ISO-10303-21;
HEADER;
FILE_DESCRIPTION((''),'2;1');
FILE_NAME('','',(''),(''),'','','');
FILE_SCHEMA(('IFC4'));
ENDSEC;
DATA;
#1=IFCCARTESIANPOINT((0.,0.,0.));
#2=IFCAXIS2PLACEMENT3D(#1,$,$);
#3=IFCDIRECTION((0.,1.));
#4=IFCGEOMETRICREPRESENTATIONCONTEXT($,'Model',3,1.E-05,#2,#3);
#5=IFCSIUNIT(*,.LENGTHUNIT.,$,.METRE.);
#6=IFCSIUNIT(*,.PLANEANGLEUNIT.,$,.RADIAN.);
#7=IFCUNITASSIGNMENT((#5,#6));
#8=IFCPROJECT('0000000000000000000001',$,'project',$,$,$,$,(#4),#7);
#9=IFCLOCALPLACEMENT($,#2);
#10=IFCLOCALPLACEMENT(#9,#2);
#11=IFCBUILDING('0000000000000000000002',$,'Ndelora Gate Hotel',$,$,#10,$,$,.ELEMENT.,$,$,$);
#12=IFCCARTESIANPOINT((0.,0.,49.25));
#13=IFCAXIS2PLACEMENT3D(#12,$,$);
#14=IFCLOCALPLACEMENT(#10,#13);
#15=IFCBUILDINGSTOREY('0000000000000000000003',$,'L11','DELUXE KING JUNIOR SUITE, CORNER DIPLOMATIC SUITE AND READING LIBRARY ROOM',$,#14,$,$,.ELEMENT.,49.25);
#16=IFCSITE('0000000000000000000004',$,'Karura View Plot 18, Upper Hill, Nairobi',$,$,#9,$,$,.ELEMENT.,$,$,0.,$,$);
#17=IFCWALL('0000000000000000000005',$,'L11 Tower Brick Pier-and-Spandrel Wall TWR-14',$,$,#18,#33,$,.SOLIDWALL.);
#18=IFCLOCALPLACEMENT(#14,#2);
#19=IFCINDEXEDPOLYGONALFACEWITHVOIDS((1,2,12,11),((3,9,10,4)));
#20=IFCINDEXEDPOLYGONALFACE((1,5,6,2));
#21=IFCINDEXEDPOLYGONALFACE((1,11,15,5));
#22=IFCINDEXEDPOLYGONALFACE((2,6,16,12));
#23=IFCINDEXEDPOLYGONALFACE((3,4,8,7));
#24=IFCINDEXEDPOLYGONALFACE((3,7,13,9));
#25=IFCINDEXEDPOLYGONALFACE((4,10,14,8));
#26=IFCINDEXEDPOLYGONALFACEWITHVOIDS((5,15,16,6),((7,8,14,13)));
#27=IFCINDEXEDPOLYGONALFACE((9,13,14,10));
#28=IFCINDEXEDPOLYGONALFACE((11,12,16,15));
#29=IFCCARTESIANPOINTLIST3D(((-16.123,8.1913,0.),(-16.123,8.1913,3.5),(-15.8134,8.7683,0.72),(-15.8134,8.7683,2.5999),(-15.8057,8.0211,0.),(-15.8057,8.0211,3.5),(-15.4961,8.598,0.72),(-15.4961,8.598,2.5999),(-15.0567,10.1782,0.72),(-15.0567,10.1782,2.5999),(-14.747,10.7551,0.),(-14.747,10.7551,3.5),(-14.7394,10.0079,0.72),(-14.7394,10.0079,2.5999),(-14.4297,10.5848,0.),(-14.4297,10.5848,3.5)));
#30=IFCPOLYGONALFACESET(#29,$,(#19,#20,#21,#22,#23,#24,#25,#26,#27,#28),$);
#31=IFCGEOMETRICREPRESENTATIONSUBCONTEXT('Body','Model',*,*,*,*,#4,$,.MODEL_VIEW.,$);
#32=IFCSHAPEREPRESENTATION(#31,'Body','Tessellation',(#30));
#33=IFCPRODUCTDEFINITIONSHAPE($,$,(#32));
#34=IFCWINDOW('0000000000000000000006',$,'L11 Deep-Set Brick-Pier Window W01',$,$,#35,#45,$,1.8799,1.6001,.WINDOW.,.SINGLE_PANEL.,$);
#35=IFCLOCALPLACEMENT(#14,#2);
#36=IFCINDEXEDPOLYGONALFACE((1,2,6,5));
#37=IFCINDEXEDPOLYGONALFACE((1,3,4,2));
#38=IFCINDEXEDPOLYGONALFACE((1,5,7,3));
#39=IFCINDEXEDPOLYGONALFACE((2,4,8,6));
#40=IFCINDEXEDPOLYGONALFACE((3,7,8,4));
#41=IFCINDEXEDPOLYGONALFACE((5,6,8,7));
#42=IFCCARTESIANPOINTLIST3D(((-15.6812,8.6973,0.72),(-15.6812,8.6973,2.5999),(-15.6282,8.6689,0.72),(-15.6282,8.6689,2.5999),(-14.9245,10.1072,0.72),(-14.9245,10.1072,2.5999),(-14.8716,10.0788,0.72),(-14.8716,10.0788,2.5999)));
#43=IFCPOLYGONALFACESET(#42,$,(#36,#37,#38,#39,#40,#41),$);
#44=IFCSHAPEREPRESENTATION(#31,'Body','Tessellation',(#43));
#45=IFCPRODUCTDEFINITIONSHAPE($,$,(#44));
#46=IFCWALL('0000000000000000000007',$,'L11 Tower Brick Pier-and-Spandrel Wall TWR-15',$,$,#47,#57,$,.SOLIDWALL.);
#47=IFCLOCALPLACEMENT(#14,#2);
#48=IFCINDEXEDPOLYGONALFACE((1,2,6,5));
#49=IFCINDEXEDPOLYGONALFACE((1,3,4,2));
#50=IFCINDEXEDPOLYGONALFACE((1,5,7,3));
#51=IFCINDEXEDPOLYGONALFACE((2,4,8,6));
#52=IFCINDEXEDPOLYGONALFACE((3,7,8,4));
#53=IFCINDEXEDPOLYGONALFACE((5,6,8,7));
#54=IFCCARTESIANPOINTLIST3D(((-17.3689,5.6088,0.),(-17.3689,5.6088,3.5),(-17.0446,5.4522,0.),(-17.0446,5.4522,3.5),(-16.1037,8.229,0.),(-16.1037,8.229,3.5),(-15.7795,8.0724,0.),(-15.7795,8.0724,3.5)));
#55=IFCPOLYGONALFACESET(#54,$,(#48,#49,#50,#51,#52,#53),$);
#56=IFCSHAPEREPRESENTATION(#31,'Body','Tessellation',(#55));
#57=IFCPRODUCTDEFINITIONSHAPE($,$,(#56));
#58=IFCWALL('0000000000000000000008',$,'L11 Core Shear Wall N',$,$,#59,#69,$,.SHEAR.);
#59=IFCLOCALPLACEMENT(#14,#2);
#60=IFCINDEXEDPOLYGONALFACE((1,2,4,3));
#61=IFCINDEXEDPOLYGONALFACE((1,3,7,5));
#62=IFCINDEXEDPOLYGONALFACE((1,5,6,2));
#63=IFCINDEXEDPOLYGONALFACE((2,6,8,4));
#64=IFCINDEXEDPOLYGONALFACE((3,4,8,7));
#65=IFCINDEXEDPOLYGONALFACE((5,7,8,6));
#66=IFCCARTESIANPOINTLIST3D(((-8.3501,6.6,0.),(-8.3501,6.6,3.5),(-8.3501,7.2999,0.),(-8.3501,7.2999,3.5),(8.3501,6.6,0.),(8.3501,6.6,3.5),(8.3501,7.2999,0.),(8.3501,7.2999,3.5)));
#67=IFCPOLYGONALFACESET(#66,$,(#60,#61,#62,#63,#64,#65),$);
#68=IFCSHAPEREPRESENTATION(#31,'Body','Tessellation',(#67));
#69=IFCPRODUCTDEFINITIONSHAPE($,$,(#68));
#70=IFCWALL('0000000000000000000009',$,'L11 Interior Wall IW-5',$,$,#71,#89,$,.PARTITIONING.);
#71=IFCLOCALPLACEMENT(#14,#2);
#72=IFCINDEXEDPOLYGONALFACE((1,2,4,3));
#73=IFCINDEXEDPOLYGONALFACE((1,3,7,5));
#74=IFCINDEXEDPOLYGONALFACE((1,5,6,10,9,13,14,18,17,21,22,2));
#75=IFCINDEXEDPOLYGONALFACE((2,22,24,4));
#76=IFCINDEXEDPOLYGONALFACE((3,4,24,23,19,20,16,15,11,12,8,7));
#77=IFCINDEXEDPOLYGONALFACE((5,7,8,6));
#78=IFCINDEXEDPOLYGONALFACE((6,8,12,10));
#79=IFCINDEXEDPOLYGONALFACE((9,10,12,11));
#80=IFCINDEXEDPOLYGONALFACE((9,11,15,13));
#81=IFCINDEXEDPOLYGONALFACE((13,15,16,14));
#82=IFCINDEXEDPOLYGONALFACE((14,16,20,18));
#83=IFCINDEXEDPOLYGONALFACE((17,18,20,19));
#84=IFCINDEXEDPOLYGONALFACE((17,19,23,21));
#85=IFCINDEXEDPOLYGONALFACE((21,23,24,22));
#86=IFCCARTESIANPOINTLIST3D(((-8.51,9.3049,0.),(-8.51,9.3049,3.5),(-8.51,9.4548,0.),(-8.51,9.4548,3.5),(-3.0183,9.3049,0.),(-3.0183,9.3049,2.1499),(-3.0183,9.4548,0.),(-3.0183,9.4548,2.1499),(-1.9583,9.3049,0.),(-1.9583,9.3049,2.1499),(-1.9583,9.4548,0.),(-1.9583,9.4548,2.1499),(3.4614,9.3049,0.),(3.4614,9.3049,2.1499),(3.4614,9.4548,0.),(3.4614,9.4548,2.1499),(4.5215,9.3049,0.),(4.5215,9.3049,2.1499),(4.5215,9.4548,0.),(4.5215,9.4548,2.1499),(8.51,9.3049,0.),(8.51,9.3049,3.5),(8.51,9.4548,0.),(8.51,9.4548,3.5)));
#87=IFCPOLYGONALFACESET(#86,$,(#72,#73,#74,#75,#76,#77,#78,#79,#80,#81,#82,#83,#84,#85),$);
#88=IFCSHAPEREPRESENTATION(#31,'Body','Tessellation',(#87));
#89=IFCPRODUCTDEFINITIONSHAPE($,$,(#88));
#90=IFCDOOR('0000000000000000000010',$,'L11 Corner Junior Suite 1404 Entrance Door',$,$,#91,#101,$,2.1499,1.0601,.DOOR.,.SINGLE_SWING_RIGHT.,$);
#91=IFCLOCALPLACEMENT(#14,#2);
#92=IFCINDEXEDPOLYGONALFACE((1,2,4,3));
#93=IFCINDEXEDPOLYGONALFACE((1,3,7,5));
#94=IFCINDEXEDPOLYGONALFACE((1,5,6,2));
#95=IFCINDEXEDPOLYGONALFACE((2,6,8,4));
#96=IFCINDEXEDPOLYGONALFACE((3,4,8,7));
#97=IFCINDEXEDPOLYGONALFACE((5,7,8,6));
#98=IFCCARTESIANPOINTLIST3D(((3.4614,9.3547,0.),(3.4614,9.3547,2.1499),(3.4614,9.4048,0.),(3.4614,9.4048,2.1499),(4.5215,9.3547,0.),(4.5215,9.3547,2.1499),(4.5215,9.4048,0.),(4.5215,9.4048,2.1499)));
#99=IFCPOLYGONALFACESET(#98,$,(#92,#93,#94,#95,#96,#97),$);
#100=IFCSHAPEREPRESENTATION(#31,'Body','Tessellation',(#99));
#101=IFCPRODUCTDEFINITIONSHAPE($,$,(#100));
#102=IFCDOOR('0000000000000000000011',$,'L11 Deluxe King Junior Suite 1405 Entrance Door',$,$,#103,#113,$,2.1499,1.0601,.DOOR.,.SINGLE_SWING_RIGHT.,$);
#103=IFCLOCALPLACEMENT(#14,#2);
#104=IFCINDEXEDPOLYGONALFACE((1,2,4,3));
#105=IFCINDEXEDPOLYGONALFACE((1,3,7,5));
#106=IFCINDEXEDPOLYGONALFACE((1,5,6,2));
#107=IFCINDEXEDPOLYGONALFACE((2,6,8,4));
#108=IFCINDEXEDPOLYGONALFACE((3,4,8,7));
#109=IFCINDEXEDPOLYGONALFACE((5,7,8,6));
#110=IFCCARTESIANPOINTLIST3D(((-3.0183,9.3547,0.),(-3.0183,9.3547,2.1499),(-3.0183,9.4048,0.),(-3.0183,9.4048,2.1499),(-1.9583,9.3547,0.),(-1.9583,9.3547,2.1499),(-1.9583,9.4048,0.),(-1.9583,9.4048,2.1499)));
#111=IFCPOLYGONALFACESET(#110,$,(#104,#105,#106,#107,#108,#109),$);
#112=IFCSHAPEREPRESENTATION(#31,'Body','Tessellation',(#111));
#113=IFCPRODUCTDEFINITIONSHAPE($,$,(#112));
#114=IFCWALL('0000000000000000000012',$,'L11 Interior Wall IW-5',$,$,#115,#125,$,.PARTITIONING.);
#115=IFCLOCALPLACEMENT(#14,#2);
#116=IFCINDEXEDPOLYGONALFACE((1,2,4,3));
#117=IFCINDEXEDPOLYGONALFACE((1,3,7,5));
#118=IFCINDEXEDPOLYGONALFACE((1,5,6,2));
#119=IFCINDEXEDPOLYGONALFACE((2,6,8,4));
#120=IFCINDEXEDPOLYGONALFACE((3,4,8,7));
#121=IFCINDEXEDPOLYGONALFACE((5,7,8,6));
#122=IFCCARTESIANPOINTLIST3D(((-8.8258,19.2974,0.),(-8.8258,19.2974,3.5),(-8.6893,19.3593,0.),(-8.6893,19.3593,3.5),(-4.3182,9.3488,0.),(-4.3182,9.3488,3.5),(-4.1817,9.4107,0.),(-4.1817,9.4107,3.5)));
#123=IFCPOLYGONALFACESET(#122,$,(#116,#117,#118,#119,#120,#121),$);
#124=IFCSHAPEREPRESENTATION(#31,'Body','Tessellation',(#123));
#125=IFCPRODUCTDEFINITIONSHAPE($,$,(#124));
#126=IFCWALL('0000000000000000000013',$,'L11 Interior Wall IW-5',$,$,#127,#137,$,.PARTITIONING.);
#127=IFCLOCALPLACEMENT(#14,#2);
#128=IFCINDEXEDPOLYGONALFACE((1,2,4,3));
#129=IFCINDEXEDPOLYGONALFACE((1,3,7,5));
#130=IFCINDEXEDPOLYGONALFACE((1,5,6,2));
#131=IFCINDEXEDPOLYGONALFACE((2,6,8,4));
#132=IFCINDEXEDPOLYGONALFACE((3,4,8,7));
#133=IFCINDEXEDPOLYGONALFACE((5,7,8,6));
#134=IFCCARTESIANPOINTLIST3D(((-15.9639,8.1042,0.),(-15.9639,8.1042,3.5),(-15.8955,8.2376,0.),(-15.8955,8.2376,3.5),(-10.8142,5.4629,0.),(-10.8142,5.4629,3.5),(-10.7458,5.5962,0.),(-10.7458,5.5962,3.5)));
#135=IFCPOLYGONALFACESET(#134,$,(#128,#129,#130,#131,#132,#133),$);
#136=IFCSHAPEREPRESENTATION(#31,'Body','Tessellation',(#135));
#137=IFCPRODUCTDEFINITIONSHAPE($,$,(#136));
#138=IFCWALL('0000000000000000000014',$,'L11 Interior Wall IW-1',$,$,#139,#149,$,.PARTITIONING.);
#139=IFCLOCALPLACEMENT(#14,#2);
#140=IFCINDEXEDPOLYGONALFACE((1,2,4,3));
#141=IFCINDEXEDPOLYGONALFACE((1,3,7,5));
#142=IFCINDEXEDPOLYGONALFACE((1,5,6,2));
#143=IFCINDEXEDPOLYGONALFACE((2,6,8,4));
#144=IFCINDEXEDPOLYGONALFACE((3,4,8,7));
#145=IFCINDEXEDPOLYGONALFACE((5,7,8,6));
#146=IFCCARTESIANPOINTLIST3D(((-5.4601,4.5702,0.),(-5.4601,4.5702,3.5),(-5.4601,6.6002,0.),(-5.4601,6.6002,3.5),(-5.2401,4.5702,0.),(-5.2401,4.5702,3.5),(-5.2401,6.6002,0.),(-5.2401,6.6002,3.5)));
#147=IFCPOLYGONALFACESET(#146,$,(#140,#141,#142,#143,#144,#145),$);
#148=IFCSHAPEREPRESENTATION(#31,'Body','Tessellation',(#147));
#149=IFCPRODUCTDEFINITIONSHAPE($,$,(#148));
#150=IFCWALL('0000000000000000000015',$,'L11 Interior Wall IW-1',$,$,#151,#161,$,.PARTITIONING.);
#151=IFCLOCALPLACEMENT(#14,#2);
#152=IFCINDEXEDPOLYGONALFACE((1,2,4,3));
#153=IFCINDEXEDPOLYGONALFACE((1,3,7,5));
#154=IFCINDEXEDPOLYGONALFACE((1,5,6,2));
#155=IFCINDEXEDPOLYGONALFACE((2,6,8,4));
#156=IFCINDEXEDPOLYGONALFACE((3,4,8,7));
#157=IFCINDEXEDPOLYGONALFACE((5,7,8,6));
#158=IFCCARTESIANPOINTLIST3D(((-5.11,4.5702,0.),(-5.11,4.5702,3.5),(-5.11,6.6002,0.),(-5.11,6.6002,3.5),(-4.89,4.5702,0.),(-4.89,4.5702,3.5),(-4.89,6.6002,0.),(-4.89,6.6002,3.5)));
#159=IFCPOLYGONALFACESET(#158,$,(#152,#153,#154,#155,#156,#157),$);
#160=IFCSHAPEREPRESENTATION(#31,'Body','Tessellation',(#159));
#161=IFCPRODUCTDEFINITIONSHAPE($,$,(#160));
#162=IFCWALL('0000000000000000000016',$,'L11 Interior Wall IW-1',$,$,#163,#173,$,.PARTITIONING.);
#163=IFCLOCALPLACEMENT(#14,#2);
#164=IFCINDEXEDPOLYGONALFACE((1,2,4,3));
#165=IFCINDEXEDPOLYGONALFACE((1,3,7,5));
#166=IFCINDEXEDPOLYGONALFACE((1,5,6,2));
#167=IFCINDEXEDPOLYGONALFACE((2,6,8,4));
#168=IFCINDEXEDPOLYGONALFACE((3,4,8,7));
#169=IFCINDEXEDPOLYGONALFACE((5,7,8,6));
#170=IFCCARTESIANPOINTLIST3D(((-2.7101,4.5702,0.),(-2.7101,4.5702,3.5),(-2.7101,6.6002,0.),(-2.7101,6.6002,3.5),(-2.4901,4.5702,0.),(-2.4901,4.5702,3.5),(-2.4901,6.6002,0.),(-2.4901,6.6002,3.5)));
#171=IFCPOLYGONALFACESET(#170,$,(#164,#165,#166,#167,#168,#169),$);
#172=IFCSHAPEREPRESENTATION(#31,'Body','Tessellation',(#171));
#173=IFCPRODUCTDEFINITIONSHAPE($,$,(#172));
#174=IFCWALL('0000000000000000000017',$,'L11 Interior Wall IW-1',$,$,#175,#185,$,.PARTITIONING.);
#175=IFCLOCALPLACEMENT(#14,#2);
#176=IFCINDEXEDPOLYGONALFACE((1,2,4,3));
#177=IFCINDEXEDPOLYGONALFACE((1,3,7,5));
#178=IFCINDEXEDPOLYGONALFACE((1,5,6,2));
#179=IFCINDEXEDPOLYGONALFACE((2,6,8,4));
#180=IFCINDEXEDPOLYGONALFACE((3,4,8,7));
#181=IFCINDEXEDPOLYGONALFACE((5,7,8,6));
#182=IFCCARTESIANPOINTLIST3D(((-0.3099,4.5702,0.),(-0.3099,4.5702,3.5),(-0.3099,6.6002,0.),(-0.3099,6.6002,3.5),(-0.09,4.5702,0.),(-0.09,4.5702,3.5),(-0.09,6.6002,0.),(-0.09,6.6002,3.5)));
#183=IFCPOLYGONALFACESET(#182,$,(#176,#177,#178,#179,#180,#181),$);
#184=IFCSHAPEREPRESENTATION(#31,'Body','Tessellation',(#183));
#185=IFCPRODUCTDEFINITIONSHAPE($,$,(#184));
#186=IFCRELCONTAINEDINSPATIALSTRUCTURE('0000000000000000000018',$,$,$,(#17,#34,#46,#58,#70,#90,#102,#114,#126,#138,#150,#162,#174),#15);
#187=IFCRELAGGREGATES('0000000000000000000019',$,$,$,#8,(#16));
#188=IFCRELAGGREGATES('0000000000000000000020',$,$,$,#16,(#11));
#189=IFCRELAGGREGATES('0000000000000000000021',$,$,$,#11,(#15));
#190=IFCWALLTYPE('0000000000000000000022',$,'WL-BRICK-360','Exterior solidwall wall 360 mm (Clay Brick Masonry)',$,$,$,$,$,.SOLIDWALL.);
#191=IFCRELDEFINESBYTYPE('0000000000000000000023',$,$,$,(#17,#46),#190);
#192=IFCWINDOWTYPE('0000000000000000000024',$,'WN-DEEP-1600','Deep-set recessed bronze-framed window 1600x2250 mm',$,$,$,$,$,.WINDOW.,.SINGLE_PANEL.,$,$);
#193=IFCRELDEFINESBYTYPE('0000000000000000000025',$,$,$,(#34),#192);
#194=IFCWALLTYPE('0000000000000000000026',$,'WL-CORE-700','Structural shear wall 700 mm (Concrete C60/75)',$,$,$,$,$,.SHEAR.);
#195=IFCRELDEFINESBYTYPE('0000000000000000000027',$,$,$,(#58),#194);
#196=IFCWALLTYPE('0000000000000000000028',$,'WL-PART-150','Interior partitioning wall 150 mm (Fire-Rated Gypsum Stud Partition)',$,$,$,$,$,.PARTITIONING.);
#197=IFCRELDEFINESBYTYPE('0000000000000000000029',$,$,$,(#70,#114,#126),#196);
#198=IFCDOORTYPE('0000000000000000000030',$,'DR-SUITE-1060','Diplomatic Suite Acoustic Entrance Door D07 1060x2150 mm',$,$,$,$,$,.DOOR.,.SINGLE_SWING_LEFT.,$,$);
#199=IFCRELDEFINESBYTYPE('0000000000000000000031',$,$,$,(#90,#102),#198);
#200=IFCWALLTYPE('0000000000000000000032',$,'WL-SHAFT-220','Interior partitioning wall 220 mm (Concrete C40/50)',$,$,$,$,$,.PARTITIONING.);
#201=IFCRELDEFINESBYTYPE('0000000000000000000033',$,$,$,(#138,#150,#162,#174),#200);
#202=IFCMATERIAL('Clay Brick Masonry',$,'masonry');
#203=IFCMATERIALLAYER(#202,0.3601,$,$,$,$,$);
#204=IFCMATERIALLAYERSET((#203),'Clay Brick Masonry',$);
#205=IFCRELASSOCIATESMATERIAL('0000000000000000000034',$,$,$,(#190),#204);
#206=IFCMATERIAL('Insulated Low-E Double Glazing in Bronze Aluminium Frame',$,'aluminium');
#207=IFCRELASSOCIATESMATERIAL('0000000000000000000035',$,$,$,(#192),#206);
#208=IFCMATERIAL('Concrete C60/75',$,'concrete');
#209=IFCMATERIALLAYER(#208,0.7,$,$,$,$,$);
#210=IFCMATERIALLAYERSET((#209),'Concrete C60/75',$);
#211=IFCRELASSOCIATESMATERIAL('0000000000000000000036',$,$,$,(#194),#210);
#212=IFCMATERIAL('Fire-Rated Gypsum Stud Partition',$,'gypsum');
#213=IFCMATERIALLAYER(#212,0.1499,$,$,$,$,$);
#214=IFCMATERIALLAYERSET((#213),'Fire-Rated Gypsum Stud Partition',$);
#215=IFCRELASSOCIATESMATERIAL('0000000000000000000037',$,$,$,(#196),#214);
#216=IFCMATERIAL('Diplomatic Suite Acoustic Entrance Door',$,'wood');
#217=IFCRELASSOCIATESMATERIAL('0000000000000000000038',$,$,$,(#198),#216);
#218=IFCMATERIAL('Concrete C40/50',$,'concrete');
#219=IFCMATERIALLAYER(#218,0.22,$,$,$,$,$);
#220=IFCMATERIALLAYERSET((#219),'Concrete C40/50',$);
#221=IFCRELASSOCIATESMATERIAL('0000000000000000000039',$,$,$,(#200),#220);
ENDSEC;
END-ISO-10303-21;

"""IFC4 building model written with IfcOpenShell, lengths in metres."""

from ifc_helpers import new_model, si_unit, direction, frame, frame_2d, origin, place, context, subcontext, project, spatial, rectangle, extrude, material, layer, layer_set, type_object, element, fill, save


model = new_model("IFC4")

# Units and contexts
model_context = context("Model", 3, precision=1e-05, world=origin(), true_north=direction((0.0, 1.0)))
body_context = subcontext(model_context, "Body", "Model", "MODEL_VIEW")
ifc_project = project(units=[si_unit("LENGTHUNIT", "METRE"), si_unit("PLANEANGLEUNIT", "RADIAN")], contexts=[model_context])

# Site, building, storey
site_placement = place(None, origin())
site = spatial("IfcSite", under=ifc_project, at=site_placement, Name="Karura View Plot 18, Upper Hill, Nairobi", CompositionType="ELEMENT", RefElevation=0.0)
building_placement = place(site_placement, origin())
building = spatial("IfcBuilding", under=site, at=building_placement, Name="Ndelora Gate Hotel", CompositionType="ELEMENT")
storey_placement = place(building_placement, frame((0.0, 0.0, 49.25)))
storey = spatial("IfcBuildingStorey", under=building, at=storey_placement, Name="L11", Description="DELUXE KING JUNIOR SUITE, CORNER DIPLOMATIC SUITE AND READING LIBRARY ROOM", CompositionType="ELEMENT", Elevation=49.25)

# Shared definitions
ifc_material_1 = material(Name="Concrete C60/75", Category="concrete")

# Wall, opening, window
ifc_material_2 = material(Name="Clay Brick Masonry", Category="masonry")
ifc_layer_1 = layer(ifc_material_2, 0.3601)
ifc_layer_set_1 = layer_set([ifc_layer_1], Name="Clay Brick Masonry")
wall_type_1 = type_object("IfcWallType", Name="WL-BRICK-360", Description="Exterior solidwall wall 360 mm (Clay Brick Masonry)", PredefinedType="SOLIDWALL", material=ifc_layer_set_1)
ifc_material_3 = material(Name="Insulated Low-E Double Glazing in Bronze Aluminium Frame", Category="aluminium")
wall_1_placement = place(storey_placement, frame((-15.9644, 8.1062, 0.0), z_axis=(0.0, 0.0, 1.0), x_axis=(0.472904, 0.881114, 0.0)))
wall_1 = element("IfcWall", 1, at=wall_1_placement, inside=storey, type_object=wall_type_1, Name="L11 Tower Brick Pier-and-Spandrel Wall TWR-14", PredefinedType="SOLIDWALL", context=body_context, shape_type="SweptSolid", body=[
    extrude(rectangle(XDim=2.9097, YDim=0.3601, at=frame_2d((1.4548, 0.0))), origin(), (0.0, 0.0, 1.0), 3.5),
])
opening_1_placement = place(wall_1_placement, frame((0.6548, 0.0, 0.72)))
opening_1 = element("IfcOpeningElement", 2, at=opening_1_placement, cuts=wall_1, PredefinedType="OPENING", context=body_context, shape_type="SweptSolid", body=[
    extrude(rectangle(XDim=1.6001, YDim=1.8799, at=frame_2d((0.8, 0.9399))), frame((0.0, 0.1899, 0.0), z_axis=(0.0, -1.0, 0.0), x_axis=(1.0, 0.0, 0.0)), (0.0, 0.0, 1.0), 0.3801),
])
window_type_1 = type_object("IfcWindowType", Name="WN-DEEP-1600", Description="Deep-set recessed bronze-framed window 1600x2250 mm", PartitioningType="SINGLE_PANEL", PredefinedType="WINDOW", material=ifc_material_3)
window_1_placement = place(opening_1_placement, origin())
window_1 = element("IfcWindow", 3, at=window_1_placement, inside=storey, type_object=window_type_1, Name="L11 Deep-Set Brick-Pier Window W01", OverallHeight=1.8799, OverallWidth=1.6001, PartitioningType="SINGLE_PANEL", PredefinedType="WINDOW", context=body_context, shape_type="SweptSolid", body=[
    extrude(rectangle(XDim=1.6001, YDim=1.8799, at=frame_2d((0.8, 0.9399))), frame((0.0, 0.03, 0.0), z_axis=(0.0, -1.0, 0.0), x_axis=(1.0, 0.0, 0.0)), (0.0, 0.0, 1.0), 0.0601),
])
fill(opening_1, window_1)

# Walls
wall_2_placement = place(storey_placement, frame((-17.2068, 5.5305, 0.0), z_axis=(0.0, 0.0, 1.0), x_axis=(0.434819, 0.900518, 0.0)))
element("IfcWall", 4, at=wall_2_placement, inside=storey, type_object=wall_type_1, Name="L11 Tower Brick Pier-and-Spandrel Wall TWR-15", PredefinedType="SOLIDWALL", context=body_context, shape_type="SweptSolid", body=[
    extrude(rectangle(XDim=2.9097, YDim=0.3601, at=frame_2d((1.4548, 0.0))), origin(), (0.0, 0.0, 1.0), 3.5),
])
ifc_layer_2 = layer(ifc_material_1, 0.7)
ifc_layer_set_2 = layer_set([ifc_layer_2], Name="Concrete C60/75")
wall_type_2 = type_object("IfcWallType", Name="WL-CORE-700", Description="Structural shear wall 700 mm (Concrete C60/75)", PredefinedType="SHEAR", material=ifc_layer_set_2)
wall_3_placement = place(storey_placement, frame((-8.3501, 6.95, 0.0), z_axis=(0.0, 0.0, 1.0), x_axis=(1.0, 0.0, 0.0)))
element("IfcWall", 5, at=wall_3_placement, inside=storey, type_object=wall_type_2, Name="L11 Core Shear Wall N", PredefinedType="SHEAR", context=body_context, shape_type="SweptSolid", body=[
    extrude(rectangle(XDim=16.7002, YDim=0.7, at=frame_2d((8.3501, 0.0))), origin(), (0.0, 0.0, 1.0), 3.5),
])

# Wall, openings, doors
ifc_material_4 = material(Name="Fire-Rated Gypsum Stud Partition", Category="gypsum")
ifc_layer_3 = layer(ifc_material_4, 0.1499)
ifc_layer_set_3 = layer_set([ifc_layer_3], Name="Fire-Rated Gypsum Stud Partition")
wall_type_3 = type_object("IfcWallType", Name="WL-PART-150", Description="Interior partitioning wall 150 mm (Fire-Rated Gypsum Stud Partition)", PredefinedType="PARTITIONING", material=ifc_layer_set_3)
wall_4_placement = place(storey_placement, frame((-8.51, 9.3799, 0.0), z_axis=(0.0, 0.0, 1.0), x_axis=(1.0, 0.0, 0.0)))
wall_4 = element("IfcWall", 6, at=wall_4_placement, inside=storey, type_object=wall_type_3, Name="L11 Interior Wall IW-5", PredefinedType="PARTITIONING", context=body_context, shape_type="SweptSolid", body=[
    extrude(rectangle(XDim=17.02, YDim=0.1499, at=frame_2d((8.51, 0.0))), origin(), (0.0, 0.0, 1.0), 3.5),
])
opening_2_placement = place(wall_4_placement, frame((11.9714, 0.0, 0.0)))
opening_2 = element("IfcOpeningElement", 7, at=opening_2_placement, cuts=wall_4, PredefinedType="OPENING", context=body_context, shape_type="SweptSolid", body=[
    extrude(rectangle(XDim=1.0601, YDim=2.1499, at=frame_2d((0.53, 1.075))), frame((0.0, 0.085, 0.0), z_axis=(0.0, -1.0, 0.0), x_axis=(1.0, 0.0, 0.0)), (0.0, 0.0, 1.0), 0.1699),
])
opening_3_placement = place(wall_4_placement, frame((5.4917, 0.0, 0.0)))
opening_3 = element("IfcOpeningElement", 8, at=opening_3_placement, cuts=wall_4, PredefinedType="OPENING", context=body_context, shape_type="SweptSolid", body=[
    extrude(rectangle(XDim=1.0601, YDim=2.1499, at=frame_2d((0.53, 1.075))), frame((0.0, 0.085, 0.0), z_axis=(0.0, -1.0, 0.0), x_axis=(1.0, 0.0, 0.0)), (0.0, 0.0, 1.0), 0.1699),
])
ifc_material_5 = material(Name="Diplomatic Suite Acoustic Entrance Door", Category="wood")
door_type_1 = type_object("IfcDoorType", Name="DR-SUITE-1060", Description="Diplomatic Suite Acoustic Entrance Door D07 1060x2150 mm", OperationType="SINGLE_SWING_LEFT", PredefinedType="DOOR", material=ifc_material_5)
door_1_placement = place(opening_2_placement, origin())
door_1 = element("IfcDoor", 9, at=door_1_placement, inside=storey, type_object=door_type_1, Name="L11 Corner Junior Suite 1404 Entrance Door", OperationType="SINGLE_SWING_RIGHT", OverallHeight=2.1499, OverallWidth=1.0601, PredefinedType="DOOR", context=body_context, shape_type="SweptSolid", body=[
    extrude(rectangle(XDim=1.0601, YDim=2.1499, at=frame_2d((0.53, 1.075))), frame((0.0, 0.0249, 0.0), z_axis=(0.0, -1.0, 0.0), x_axis=(1.0, 0.0, 0.0)), (0.0, 0.0, 1.0), 0.05),
])
fill(opening_2, door_1)
door_2_placement = place(opening_3_placement, origin())
door_2 = element("IfcDoor", 10, at=door_2_placement, inside=storey, type_object=door_type_1, Name="L11 Deluxe King Junior Suite 1405 Entrance Door", OperationType="SINGLE_SWING_RIGHT", OverallHeight=2.1499, OverallWidth=1.0601, PredefinedType="DOOR", context=body_context, shape_type="SweptSolid", body=[
    extrude(rectangle(XDim=1.0601, YDim=2.1499, at=frame_2d((0.53, 1.075))), frame((0.0, 0.0249, 0.0), z_axis=(0.0, -1.0, 0.0), x_axis=(1.0, 0.0, 0.0)), (0.0, 0.0, 1.0), 0.05),
])
fill(opening_3, door_2)

# Walls
wall_5_placement = place(storey_placement, frame((-4.25, 9.3799, 0.0), z_axis=(0.0, 0.0, 1.0), x_axis=(-0.412705, 0.910865, 0.0)))
element("IfcWall", 11, at=wall_5_placement, inside=storey, type_object=wall_type_3, Name="L11 Interior Wall IW-5", PredefinedType="PARTITIONING", context=body_context, shape_type="SweptSolid", body=[
    extrude(rectangle(XDim=10.9221, YDim=0.1499, at=frame_2d((5.4609, 0.0))), origin(), (0.0, 0.0, 1.0), 3.5),
])
wall_6_placement = place(storey_placement, frame((-10.78, 5.5295, 0.0), z_axis=(0.0, 0.0, 1.0), x_axis=(-0.889782, 0.456386, 0.0)))
element("IfcWall", 12, at=wall_6_placement, inside=storey, type_object=wall_type_3, Name="L11 Interior Wall IW-5", PredefinedType="PARTITIONING", context=body_context, shape_type="SweptSolid", body=[
    extrude(rectangle(XDim=5.7876, YDim=0.1499, at=frame_2d((2.8938, 0.0))), origin(), (0.0, 0.0, 1.0), 3.5),
])
ifc_material_6 = material(Name="Concrete C40/50", Category="concrete")
ifc_layer_4 = layer(ifc_material_6, 0.22)
ifc_layer_set_4 = layer_set([ifc_layer_4], Name="Concrete C40/50")
wall_type_4 = type_object("IfcWallType", Name="WL-SHAFT-220", Description="Interior partitioning wall 220 mm (Concrete C40/50)", PredefinedType="PARTITIONING", material=ifc_layer_set_4)
for number, where, z_axis, x_axis, name in (
    (13, (-5.3501, 4.5701, 0.0), (0.0, 0.0, 1.0), (0.0, 1.0, 0.0), "L11 Interior Wall IW-1"),
    (14, (-5.0, 4.5701, 0.0), (0.0, 0.0, 1.0), (0.0, 1.0, 0.0), "L11 Interior Wall IW-1"),
    (15, (-2.6001, 4.5701, 0.0), (0.0, 0.0, 1.0), (0.0, 1.0, 0.0), "L11 Interior Wall IW-1"),
    (16, (-0.2, 4.5701, 0.0), (0.0, 0.0, 1.0), (0.0, 1.0, 0.0), "L11 Interior Wall IW-1"),
):
    element("IfcWall", number, at=place(storey_placement, frame(where, z_axis=z_axis, x_axis=x_axis)), inside=storey, type_object=wall_type_4, Name=name, PredefinedType="PARTITIONING", context=body_context, shape_type="SweptSolid", body=[
        extrude(rectangle(XDim=2.03, YDim=0.22, at=frame_2d((1.0151, 0.0))), origin(), (0.0, 0.0, 1.0), 3.5),
    ])

save(model, "model.ifc")
